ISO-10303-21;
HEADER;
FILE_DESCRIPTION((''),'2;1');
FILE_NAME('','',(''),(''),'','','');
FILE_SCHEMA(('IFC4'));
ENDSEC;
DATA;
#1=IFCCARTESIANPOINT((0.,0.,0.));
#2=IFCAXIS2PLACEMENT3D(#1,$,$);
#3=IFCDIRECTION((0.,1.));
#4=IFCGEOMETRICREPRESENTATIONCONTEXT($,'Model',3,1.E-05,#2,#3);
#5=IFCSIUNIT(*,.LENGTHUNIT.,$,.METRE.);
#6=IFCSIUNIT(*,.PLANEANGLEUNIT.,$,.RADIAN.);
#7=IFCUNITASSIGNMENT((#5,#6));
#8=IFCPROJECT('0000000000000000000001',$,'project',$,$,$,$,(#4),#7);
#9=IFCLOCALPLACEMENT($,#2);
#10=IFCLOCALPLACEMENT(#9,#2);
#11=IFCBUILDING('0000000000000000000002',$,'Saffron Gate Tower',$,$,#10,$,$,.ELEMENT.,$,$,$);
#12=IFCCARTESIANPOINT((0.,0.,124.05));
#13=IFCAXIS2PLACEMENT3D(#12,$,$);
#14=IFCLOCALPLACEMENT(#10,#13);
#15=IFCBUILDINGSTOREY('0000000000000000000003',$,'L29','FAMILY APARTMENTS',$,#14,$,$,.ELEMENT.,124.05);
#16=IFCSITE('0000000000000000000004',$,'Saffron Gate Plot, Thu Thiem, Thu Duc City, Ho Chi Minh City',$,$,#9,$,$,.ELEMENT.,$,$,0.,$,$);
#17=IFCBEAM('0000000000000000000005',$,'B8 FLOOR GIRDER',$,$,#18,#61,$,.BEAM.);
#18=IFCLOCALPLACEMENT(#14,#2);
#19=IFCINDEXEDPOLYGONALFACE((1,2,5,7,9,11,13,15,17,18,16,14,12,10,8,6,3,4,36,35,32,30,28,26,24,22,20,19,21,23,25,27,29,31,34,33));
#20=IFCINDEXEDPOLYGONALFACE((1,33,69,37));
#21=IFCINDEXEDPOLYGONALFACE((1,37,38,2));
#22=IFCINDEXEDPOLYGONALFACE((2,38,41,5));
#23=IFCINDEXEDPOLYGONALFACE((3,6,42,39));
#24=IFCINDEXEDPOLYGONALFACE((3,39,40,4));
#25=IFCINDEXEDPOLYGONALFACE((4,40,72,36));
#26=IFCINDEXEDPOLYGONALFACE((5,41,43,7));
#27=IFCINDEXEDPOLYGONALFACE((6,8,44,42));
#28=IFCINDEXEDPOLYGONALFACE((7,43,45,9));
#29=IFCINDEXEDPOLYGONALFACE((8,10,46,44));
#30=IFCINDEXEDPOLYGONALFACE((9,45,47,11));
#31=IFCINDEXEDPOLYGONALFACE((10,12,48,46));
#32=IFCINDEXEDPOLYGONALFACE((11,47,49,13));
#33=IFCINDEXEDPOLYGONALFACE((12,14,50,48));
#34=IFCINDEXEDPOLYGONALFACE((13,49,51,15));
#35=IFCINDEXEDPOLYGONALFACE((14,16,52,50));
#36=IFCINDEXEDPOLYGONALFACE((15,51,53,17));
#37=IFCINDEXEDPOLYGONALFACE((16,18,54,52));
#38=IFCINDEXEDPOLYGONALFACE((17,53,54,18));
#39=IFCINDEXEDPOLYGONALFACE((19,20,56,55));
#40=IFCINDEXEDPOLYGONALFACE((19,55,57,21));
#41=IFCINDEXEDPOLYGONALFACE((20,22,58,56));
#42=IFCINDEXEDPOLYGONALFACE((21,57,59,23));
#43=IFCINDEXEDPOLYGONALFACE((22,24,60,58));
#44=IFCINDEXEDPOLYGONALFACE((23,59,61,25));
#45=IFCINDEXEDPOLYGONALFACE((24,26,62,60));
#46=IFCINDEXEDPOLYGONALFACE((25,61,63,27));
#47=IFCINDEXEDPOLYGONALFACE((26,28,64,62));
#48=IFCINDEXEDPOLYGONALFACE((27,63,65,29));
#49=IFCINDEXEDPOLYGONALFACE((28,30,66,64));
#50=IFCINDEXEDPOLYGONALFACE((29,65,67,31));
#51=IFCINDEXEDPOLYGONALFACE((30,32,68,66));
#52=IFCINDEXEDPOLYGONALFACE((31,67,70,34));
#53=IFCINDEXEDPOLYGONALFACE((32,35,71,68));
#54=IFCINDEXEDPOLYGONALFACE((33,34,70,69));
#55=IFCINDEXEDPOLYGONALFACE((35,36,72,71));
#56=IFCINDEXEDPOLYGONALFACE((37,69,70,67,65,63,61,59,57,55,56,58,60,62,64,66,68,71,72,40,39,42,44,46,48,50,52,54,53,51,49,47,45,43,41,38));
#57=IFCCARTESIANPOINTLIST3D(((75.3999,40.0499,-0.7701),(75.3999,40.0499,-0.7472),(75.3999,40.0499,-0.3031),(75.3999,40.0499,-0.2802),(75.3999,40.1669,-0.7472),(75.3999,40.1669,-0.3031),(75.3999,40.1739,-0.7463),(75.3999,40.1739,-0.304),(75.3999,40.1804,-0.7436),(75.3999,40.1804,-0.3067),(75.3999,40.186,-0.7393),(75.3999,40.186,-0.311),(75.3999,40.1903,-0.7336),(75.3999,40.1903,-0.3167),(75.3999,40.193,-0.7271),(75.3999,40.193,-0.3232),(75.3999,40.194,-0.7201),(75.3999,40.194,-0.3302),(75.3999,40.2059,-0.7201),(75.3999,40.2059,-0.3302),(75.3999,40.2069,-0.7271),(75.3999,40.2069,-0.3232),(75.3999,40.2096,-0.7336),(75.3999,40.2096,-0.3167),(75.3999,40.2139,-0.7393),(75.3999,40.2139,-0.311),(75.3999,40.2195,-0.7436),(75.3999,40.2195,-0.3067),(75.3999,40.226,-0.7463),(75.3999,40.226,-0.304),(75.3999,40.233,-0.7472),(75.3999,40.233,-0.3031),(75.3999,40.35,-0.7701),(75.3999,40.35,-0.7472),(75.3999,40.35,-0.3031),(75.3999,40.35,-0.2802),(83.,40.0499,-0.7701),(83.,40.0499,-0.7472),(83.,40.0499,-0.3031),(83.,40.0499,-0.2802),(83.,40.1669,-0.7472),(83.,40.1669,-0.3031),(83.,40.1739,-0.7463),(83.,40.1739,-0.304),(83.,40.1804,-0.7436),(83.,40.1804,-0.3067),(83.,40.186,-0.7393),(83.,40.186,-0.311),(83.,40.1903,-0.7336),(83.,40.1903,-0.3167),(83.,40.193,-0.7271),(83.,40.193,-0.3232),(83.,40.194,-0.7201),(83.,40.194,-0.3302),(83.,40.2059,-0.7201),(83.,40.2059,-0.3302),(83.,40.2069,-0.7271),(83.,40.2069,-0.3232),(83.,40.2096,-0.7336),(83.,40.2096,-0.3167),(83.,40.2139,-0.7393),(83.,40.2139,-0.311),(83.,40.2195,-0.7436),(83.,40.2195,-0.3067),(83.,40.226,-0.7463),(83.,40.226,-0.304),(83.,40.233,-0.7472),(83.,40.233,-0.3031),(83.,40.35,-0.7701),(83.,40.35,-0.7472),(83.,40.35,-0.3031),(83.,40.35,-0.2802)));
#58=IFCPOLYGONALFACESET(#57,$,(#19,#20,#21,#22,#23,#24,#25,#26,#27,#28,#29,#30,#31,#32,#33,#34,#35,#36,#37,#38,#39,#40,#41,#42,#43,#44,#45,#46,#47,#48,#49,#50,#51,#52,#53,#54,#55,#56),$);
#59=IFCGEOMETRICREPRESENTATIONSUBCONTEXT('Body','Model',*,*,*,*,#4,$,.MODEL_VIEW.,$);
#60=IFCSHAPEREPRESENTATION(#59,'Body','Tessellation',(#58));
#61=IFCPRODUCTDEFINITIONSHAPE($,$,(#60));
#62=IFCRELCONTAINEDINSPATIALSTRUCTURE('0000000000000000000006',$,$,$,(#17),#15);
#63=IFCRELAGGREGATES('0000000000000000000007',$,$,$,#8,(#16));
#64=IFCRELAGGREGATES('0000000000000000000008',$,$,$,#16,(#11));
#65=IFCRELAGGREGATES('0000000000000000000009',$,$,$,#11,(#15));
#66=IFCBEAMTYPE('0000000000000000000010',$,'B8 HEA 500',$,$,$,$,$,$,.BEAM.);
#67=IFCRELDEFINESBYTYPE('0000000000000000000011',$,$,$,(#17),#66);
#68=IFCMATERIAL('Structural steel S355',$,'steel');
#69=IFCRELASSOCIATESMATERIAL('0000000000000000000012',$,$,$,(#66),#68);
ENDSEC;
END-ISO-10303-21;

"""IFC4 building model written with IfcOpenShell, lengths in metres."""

from ifc_helpers import new_model, si_unit, direction, frame, origin, origin_2d, place, context, subcontext, project, spatial, i_section, extrude, material, material_profile, profile_set, type_object, element, save


model = new_model("IFC4")

# Units and contexts
model_context = context("Model", 3, precision=1e-05, world=origin(), true_north=direction((0.0, 1.0)))
body_context = subcontext(model_context, "Body", "Model", "MODEL_VIEW")
ifc_project = project(units=[si_unit("LENGTHUNIT", "METRE"), si_unit("PLANEANGLEUNIT", "RADIAN")], contexts=[model_context])

# Site, building, storey
site_placement = place(None, origin())
site = spatial("IfcSite", under=ifc_project, at=site_placement, Name="Saffron Gate Plot, Thu Thiem, Thu Duc City, Ho Chi Minh City", CompositionType="ELEMENT", RefElevation=0.0)
building_placement = place(site_placement, origin())
building = spatial("IfcBuilding", under=site, at=building_placement, Name="Saffron Gate Tower", CompositionType="ELEMENT")
storey_placement = place(building_placement, frame((0.0, 0.0, 124.05)))
storey = spatial("IfcBuildingStorey", under=building, at=storey_placement, Name="L29", Description="FAMILY APARTMENTS", CompositionType="ELEMENT", Elevation=124.05)

# Beam
ifc_material_1 = material(Name="Structural steel S355", Category="steel")
ifc_material_profile_1 = material_profile(ifc_material_1, i_section(OverallWidth=0.3, OverallDepth=0.49, WebThickness=0.012, FlangeThickness=0.0229, FilletRadius=0.0271, at=origin_2d()))
ifc_profile_set_1 = profile_set([ifc_material_profile_1], Name="Structural steel S355")
beam_type_1 = type_object("IfcBeamType", Name="B8 HEA 500", PredefinedType="BEAM", material=ifc_profile_set_1)
for number, where, z_axis, x_axis, name in (
    (1, (75.3999, 40.2, -0.5251), (1.0, 0.0, 0.0), (0.0, 1.0, 0.0), "B8 FLOOR GIRDER"),
):
    element("IfcBeam", number, at=place(storey_placement, frame(where, z_axis=z_axis, x_axis=x_axis)), inside=storey, type_object=beam_type_1, Name=name, PredefinedType="BEAM", context=body_context, shape_type="SweptSolid", body=[
        extrude(i_section(OverallWidth=0.3, OverallDepth=0.49, WebThickness=0.012, FlangeThickness=0.0229, FilletRadius=0.0271, at=origin_2d()), origin(), (0.0, 0.0, 1.0), 7.6001),
    ])

save(model, "model.ifc")
